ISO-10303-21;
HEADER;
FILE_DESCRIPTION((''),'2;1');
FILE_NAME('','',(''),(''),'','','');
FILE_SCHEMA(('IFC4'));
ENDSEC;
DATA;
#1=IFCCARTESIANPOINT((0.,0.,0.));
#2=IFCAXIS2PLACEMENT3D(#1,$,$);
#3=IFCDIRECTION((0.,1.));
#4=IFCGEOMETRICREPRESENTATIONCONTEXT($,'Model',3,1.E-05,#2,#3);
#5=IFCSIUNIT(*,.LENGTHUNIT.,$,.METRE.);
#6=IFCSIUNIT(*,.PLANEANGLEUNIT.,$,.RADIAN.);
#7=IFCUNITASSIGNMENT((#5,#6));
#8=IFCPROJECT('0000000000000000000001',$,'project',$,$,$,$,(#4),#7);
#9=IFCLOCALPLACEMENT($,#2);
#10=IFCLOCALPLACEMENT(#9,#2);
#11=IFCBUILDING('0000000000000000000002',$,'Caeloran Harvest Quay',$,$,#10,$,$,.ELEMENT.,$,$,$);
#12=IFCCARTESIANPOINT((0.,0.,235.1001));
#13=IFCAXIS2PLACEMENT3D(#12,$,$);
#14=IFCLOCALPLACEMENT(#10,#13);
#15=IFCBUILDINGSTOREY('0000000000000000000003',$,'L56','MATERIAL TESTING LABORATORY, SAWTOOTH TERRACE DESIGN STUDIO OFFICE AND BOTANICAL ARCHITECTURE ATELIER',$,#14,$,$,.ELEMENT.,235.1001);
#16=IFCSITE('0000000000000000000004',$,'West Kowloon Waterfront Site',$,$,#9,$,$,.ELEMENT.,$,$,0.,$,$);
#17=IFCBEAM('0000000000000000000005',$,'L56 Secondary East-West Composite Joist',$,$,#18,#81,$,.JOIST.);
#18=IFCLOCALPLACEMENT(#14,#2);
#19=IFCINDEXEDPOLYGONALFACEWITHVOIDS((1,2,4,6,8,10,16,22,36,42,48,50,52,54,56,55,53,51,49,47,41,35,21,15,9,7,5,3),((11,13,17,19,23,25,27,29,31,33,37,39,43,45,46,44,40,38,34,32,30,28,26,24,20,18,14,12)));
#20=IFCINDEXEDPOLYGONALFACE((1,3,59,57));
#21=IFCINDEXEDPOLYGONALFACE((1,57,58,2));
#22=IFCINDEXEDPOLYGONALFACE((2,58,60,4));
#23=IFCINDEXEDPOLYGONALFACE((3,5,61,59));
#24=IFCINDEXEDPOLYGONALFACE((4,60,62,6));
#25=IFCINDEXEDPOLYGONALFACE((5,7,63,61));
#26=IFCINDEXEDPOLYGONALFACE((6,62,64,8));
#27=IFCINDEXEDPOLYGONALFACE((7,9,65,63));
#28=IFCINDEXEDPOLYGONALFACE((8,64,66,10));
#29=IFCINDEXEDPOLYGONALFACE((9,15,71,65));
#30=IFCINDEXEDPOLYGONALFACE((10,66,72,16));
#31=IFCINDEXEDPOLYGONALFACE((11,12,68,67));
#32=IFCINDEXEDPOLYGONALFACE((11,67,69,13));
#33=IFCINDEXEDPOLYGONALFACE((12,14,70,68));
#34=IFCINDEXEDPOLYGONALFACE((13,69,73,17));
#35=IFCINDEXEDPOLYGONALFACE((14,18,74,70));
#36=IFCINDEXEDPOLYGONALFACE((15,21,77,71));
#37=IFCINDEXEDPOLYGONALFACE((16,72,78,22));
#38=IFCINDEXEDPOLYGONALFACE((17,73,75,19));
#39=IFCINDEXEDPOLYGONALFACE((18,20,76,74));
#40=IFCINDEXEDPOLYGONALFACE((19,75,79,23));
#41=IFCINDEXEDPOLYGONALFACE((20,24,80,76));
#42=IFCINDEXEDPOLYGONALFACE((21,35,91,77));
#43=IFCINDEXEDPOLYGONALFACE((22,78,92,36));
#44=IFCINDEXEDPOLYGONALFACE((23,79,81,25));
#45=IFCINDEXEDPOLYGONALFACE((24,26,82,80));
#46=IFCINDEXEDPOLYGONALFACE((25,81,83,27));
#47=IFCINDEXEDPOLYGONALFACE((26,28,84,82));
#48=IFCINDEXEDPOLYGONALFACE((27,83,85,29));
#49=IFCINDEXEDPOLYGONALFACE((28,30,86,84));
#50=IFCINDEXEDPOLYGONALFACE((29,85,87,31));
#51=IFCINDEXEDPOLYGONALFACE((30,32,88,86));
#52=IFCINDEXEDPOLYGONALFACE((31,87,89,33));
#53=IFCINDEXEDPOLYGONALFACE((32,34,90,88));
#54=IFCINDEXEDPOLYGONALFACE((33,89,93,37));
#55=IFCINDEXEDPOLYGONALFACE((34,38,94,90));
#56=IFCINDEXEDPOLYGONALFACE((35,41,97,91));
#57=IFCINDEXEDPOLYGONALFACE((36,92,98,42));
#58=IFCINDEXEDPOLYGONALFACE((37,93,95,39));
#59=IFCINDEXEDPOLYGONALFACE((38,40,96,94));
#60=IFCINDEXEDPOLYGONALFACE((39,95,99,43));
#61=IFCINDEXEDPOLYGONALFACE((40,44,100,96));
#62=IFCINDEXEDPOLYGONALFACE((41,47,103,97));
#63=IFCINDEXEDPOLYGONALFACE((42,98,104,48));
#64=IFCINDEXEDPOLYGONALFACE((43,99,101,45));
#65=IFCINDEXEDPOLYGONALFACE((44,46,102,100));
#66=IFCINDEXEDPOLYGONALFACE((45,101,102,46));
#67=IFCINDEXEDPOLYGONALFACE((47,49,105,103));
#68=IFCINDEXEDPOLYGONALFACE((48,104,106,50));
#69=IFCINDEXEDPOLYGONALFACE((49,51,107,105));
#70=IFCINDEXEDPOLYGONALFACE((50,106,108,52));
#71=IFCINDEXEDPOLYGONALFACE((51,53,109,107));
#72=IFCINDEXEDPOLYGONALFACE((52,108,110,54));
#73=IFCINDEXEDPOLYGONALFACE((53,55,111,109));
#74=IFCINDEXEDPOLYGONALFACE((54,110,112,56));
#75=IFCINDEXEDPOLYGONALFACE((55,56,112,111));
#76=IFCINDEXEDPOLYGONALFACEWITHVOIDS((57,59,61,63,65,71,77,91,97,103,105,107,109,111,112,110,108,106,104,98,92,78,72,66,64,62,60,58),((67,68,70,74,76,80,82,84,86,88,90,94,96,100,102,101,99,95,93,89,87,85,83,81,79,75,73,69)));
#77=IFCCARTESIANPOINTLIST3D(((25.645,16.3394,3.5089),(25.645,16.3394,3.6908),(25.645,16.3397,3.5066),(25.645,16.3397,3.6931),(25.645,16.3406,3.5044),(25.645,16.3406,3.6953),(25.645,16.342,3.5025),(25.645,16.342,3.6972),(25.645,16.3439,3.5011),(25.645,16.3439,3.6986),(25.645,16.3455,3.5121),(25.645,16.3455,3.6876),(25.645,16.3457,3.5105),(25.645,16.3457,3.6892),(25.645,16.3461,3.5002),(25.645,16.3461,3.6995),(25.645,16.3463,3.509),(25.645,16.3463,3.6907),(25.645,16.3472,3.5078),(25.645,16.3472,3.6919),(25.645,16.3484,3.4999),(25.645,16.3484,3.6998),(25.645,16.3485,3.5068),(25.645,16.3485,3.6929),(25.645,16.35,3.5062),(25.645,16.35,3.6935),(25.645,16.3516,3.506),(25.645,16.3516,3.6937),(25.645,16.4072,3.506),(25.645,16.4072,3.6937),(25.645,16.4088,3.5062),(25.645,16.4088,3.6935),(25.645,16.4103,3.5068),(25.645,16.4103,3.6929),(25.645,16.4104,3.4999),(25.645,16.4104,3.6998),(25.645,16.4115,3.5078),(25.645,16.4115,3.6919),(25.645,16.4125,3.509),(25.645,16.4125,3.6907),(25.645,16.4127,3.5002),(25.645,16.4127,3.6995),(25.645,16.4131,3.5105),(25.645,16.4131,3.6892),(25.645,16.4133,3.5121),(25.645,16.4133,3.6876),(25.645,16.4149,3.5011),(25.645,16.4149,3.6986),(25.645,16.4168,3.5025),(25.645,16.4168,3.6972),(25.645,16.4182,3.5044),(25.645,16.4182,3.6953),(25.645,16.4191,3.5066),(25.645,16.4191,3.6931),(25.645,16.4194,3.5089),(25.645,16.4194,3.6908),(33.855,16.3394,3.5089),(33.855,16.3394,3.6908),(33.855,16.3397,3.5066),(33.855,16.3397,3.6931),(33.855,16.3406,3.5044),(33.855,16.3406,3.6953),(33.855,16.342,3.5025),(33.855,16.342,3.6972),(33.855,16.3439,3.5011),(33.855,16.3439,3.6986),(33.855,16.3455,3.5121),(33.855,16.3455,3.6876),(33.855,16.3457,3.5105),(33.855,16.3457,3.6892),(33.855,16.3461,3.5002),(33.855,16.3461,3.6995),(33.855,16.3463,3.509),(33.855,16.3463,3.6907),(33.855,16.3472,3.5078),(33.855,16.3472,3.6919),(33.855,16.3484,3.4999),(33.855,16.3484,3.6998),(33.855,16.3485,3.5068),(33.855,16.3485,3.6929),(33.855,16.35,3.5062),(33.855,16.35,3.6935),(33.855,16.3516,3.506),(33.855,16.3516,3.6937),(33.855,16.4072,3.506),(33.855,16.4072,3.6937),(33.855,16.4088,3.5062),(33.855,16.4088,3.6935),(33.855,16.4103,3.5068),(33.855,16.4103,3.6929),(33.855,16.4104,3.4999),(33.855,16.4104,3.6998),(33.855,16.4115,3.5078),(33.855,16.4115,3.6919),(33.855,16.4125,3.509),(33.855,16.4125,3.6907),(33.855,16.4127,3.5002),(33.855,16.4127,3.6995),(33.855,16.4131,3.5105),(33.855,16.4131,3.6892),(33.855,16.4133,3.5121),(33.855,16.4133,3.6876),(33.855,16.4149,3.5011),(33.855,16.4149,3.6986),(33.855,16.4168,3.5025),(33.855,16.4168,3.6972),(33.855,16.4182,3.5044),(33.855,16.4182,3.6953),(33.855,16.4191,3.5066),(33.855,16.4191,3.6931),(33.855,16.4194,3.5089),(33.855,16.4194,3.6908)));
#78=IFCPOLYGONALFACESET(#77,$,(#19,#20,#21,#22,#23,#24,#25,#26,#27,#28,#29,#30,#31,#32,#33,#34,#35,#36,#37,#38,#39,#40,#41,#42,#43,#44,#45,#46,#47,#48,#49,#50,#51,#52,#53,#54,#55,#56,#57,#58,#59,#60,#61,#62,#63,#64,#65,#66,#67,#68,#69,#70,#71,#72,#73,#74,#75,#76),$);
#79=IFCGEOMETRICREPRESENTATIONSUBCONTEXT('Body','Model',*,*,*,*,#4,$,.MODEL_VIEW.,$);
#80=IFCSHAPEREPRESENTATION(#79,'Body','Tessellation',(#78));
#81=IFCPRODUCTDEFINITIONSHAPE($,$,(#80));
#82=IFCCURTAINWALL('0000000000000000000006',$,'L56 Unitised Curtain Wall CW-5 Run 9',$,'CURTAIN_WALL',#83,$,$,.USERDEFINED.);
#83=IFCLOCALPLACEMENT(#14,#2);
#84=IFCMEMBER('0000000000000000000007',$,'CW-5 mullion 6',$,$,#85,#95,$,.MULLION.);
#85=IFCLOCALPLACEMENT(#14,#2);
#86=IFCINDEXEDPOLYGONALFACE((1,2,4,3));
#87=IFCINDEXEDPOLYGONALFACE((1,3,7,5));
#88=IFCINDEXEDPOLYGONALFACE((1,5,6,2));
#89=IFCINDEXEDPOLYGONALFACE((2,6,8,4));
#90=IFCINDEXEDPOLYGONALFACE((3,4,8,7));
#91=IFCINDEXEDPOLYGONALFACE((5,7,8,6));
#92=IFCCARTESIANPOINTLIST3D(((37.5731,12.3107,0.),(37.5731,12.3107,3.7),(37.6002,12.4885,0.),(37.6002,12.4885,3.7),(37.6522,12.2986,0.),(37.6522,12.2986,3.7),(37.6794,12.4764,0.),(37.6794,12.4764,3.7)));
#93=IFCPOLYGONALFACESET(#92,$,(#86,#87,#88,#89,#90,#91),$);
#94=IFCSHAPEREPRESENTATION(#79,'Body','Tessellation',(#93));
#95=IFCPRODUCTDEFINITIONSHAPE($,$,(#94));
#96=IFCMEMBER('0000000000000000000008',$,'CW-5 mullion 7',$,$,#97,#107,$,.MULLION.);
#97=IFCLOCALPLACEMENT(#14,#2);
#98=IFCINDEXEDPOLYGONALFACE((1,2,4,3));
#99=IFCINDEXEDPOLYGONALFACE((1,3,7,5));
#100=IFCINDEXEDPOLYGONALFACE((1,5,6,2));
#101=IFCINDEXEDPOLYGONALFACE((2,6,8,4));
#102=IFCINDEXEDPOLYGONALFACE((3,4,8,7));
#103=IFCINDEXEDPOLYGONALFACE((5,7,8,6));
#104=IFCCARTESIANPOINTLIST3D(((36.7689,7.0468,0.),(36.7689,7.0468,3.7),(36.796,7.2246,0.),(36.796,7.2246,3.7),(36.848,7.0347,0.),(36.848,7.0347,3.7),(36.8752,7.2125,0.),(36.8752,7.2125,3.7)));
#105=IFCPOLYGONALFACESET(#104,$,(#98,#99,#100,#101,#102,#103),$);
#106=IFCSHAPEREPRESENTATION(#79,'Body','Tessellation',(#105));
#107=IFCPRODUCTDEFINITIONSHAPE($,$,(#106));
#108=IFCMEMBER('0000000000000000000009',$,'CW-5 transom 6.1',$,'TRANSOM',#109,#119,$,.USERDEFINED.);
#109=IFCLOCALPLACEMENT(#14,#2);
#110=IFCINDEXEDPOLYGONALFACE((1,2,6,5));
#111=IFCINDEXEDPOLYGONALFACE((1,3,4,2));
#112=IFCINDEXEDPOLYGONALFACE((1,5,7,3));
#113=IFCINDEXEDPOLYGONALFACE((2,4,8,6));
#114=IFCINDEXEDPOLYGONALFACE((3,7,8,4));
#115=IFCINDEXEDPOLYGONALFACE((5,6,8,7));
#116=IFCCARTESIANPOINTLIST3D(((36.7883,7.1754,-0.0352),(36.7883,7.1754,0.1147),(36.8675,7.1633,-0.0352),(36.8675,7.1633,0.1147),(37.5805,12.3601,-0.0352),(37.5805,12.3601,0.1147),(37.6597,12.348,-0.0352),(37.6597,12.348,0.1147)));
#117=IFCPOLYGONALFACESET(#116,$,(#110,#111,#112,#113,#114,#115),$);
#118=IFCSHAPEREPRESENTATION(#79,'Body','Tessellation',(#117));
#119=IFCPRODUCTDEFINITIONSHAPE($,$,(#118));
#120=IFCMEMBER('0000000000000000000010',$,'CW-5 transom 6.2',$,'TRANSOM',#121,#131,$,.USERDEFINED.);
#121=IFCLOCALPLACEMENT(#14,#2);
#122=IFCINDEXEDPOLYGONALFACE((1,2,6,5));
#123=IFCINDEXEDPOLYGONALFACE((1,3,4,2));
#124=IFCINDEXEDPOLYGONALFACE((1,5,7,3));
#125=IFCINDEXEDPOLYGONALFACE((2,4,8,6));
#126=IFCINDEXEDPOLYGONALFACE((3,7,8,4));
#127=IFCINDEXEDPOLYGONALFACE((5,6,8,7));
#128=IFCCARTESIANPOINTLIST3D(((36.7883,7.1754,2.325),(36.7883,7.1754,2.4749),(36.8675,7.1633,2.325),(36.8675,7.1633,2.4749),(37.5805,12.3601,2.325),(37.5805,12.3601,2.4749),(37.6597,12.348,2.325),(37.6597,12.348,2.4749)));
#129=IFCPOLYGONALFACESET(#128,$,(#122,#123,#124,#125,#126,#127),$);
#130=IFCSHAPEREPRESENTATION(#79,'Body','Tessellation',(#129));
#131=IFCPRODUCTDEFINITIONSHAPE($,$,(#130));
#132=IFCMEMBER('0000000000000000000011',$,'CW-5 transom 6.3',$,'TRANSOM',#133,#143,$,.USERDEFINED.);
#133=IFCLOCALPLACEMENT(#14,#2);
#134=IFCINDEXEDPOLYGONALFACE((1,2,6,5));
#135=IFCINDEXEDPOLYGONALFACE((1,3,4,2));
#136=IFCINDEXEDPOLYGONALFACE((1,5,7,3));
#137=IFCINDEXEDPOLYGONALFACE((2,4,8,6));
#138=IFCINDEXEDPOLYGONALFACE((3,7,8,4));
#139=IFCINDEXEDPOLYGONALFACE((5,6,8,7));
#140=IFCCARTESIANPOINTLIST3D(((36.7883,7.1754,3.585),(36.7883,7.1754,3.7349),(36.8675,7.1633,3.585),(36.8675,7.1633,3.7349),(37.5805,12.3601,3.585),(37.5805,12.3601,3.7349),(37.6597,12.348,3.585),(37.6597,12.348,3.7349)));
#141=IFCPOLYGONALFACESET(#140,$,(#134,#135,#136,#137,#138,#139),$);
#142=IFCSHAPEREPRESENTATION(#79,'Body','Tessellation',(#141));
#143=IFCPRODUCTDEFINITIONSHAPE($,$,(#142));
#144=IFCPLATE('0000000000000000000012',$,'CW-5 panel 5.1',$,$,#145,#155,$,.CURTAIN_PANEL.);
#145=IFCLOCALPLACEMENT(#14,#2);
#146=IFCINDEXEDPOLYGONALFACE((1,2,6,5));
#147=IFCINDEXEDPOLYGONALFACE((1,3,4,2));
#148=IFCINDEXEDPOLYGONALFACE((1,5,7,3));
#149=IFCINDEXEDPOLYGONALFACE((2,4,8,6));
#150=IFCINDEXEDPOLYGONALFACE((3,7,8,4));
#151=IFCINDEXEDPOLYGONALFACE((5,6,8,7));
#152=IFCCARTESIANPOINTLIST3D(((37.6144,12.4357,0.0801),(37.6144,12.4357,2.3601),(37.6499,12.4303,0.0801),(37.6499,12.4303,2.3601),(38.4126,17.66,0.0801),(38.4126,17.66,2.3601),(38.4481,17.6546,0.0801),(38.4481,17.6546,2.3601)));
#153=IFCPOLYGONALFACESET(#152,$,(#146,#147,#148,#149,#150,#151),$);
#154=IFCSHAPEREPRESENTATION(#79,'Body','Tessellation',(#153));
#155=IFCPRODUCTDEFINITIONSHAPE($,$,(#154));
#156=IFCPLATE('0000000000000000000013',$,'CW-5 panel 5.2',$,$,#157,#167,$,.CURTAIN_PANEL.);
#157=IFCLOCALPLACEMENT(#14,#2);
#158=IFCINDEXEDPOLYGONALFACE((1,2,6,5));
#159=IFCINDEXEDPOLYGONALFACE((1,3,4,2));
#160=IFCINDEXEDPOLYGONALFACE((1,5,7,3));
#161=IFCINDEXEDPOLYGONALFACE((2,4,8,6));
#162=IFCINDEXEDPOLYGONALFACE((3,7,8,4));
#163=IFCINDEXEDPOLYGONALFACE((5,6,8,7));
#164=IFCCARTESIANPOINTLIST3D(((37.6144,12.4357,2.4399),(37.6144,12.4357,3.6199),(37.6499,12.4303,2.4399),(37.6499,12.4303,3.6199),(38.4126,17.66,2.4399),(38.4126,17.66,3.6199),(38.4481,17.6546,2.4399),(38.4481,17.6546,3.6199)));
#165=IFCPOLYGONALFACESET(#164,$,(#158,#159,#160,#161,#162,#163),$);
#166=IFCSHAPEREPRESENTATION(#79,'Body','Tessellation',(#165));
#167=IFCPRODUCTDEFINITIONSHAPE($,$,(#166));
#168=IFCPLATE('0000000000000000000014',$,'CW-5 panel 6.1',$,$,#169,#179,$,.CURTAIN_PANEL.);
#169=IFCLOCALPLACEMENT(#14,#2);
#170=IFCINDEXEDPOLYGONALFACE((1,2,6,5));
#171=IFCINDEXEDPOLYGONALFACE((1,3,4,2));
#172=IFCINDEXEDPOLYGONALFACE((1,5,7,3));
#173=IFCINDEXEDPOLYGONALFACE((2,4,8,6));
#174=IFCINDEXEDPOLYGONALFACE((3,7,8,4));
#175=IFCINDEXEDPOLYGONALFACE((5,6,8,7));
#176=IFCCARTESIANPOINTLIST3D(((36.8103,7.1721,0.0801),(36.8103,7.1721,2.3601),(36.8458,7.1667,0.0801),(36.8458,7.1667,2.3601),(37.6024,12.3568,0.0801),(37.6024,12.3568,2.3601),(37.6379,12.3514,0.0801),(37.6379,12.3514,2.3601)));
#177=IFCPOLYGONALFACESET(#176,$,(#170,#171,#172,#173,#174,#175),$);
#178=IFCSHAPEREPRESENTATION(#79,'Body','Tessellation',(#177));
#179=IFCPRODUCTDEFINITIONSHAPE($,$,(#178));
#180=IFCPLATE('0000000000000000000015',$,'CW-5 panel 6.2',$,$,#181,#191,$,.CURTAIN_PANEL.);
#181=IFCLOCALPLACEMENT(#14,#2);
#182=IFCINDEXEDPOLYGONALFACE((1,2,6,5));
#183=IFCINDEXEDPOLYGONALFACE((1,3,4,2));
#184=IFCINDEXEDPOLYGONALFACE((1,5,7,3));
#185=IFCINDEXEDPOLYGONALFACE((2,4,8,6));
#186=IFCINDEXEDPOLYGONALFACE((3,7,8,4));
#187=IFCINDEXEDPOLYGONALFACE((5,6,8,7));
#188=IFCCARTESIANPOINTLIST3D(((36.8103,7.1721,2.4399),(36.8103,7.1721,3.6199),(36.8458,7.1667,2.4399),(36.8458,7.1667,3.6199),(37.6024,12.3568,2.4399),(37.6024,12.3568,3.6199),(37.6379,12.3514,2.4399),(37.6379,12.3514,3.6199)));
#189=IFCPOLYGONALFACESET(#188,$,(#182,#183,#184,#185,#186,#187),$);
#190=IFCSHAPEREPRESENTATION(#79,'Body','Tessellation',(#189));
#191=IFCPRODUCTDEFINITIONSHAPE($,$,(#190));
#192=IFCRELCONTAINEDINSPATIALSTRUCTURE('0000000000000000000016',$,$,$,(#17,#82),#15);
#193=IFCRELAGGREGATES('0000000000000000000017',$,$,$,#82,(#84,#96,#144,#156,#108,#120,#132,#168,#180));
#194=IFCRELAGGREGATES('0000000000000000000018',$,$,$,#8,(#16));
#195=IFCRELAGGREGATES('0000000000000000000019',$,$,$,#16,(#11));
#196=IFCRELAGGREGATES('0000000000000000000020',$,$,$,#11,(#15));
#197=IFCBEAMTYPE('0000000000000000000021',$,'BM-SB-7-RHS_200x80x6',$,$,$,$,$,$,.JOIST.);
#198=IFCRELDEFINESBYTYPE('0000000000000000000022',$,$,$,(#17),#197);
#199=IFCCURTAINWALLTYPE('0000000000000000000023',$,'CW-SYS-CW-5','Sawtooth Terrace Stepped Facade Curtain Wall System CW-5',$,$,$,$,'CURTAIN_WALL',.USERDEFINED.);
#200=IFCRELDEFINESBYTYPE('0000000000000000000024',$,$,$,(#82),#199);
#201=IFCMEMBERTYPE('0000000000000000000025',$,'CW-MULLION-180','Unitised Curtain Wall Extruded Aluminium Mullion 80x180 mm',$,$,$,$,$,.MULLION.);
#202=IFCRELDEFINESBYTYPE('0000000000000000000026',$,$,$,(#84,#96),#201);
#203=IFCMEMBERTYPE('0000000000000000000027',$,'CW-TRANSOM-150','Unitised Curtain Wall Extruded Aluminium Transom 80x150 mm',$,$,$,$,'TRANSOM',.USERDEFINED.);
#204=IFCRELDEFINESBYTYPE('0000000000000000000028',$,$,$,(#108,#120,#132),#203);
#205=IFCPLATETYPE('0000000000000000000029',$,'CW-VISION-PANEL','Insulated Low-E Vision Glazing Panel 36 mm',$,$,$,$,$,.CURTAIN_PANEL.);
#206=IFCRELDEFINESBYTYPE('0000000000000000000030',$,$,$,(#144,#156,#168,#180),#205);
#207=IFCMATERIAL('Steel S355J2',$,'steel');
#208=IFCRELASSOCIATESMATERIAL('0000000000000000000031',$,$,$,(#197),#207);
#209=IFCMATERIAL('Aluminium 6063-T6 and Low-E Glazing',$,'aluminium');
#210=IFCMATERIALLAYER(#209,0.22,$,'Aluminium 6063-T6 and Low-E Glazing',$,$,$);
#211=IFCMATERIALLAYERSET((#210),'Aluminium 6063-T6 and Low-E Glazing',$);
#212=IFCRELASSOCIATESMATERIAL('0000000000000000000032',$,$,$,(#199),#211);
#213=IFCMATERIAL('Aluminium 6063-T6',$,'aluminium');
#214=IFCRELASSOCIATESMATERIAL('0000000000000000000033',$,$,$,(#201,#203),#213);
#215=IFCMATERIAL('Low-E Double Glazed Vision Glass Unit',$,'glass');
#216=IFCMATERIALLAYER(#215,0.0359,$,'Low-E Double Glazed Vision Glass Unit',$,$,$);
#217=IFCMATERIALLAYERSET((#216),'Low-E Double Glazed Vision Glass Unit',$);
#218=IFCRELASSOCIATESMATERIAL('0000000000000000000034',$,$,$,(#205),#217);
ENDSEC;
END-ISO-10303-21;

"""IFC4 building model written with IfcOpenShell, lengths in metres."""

from ifc_helpers import new_model, si_unit, direction, frame, origin, origin_2d, place, context, subcontext, project, spatial, rectangle, hollow_rectangle, extrude, material, layer, layer_set, material_profile, profile_set, type_object, element, aggregate, save


model = new_model("IFC4")

# Units and contexts
model_context = context("Model", 3, precision=1e-05, world=origin(), true_north=direction((0.0, 1.0)))
body_context = subcontext(model_context, "Body", "Model", "MODEL_VIEW")
ifc_project = project(units=[si_unit("LENGTHUNIT", "METRE"), si_unit("PLANEANGLEUNIT", "RADIAN")], contexts=[model_context])

# Site, building, storey
site_placement = place(None, origin())
site = spatial("IfcSite", under=ifc_project, at=site_placement, Name="West Kowloon Waterfront Site", CompositionType="ELEMENT", RefElevation=0.0)
building_placement = place(site_placement, origin())
building = spatial("IfcBuilding", under=site, at=building_placement, Name="Caeloran Harvest Quay", CompositionType="ELEMENT")
storey_placement = place(building_placement, frame((0.0, 0.0, 235.1001)))
storey = spatial("IfcBuildingStorey", under=building, at=storey_placement, Name="L56", Description="MATERIAL TESTING LABORATORY, SAWTOOTH TERRACE DESIGN STUDIO OFFICE AND BOTANICAL ARCHITECTURE ATELIER", CompositionType="ELEMENT", Elevation=235.1001)

# Beam
ifc_material_1 = material(Name="Steel S355J2", Category="steel")
ifc_material_profile_1 = material_profile(ifc_material_1, hollow_rectangle(XDim=0.0801, YDim=0.2, WallThickness=0.0061, InnerFilletRadius=0.0061, OuterFilletRadius=0.009, at=origin_2d()), Name="RHS 200x80x6")
ifc_profile_set_1 = profile_set([ifc_material_profile_1], Name="Steel S355J2")
beam_type_1 = type_object("IfcBeamType", Name="BM-SB-7-RHS_200x80x6", PredefinedType="JOIST", material=ifc_profile_set_1)
beam_1_placement = place(storey_placement, frame((25.645, 16.3794, 3.5999), z_axis=(1.0, 0.0, 0.0), x_axis=(0.0, 1.0, 0.0)))
element("IfcBeam", 1, at=beam_1_placement, inside=storey, type_object=beam_type_1, Name="L56 Secondary East-West Composite Joist", PredefinedType="JOIST", context=body_context, shape_type="SweptSolid", body=[
    extrude(hollow_rectangle(XDim=0.0801, YDim=0.2, WallThickness=0.0061, InnerFilletRadius=0.0061, OuterFilletRadius=0.009, at=origin_2d()), origin(), (0.0, 0.0, 1.0), 8.21),
])

# Curtain wall, members, plates
ifc_material_2 = material(Name="Aluminium 6063-T6 and Low-E Glazing", Category="aluminium")
ifc_layer_1 = layer(ifc_material_2, 0.22, Name="Aluminium 6063-T6 and Low-E Glazing")
ifc_layer_set_1 = layer_set([ifc_layer_1], Name="Aluminium 6063-T6 and Low-E Glazing")
curtain_wall_type = type_object("IfcCurtainWallType", Name="CW-SYS-CW-5", Description="Sawtooth Terrace Stepped Facade Curtain Wall System CW-5", ElementType="CURTAIN_WALL", PredefinedType="USERDEFINED", material=ifc_layer_set_1)
curtain_wall_placement = place(storey_placement, origin())
curtain_wall = element("IfcCurtainWall", 2, at=curtain_wall_placement, inside=storey, type_object=curtain_wall_type, Name="L56 Unitised Curtain Wall CW-5 Run 9", ObjectType="CURTAIN_WALL", PredefinedType="USERDEFINED")
ifc_material_3 = material(Name="Aluminium 6063-T6", Category="aluminium")
ifc_material_profile_2 = material_profile(ifc_material_3, rectangle(XDim=0.0801, YDim=0.1799, at=origin_2d()), Name="CW-MULLION-180")
ifc_profile_set_2 = profile_set([ifc_material_profile_2], Name="Aluminium 6063-T6")
member_type_1 = type_object("IfcMemberType", Name="CW-MULLION-180", Description="Unitised Curtain Wall Extruded Aluminium Mullion 80x180 mm", PredefinedType="MULLION", material=ifc_profile_set_2)
member_1_placement = place(storey_placement, frame((37.6262, 12.3936, 0.0), z_axis=(0.0, 0.0, 1.0), x_axis=(0.98853, -0.151028, 0.0)))
member_1 = element("IfcMember", 3, at=member_1_placement, type_object=member_type_1, Name="CW-5 mullion 6", PredefinedType="MULLION", context=body_context, shape_type="SweptSolid", body=[
    extrude(rectangle(XDim=0.0801, YDim=0.1799, at=origin_2d()), origin(), (0.0, 0.0, 1.0), 3.7),
])
member_2_placement = place(storey_placement, frame((36.822, 7.1296, 0.0), z_axis=(0.0, 0.0, 1.0), x_axis=(0.98853, -0.151028, 0.0)))
member_2 = element("IfcMember", 4, at=member_2_placement, type_object=member_type_1, Name="CW-5 mullion 7", PredefinedType="MULLION", context=body_context, shape_type="SweptSolid", body=[
    extrude(rectangle(XDim=0.0801, YDim=0.1799, at=origin_2d()), origin(), (0.0, 0.0, 1.0), 3.7),
])
ifc_material_profile_3 = material_profile(ifc_material_3, rectangle(XDim=0.0801, YDim=0.1499, at=origin_2d()), Name="CW-TRANSOM-150")
ifc_profile_set_3 = profile_set([ifc_material_profile_3], Name="Aluminium 6063-T6")
member_type_2 = type_object("IfcMemberType", Name="CW-TRANSOM-150", Description="Unitised Curtain Wall Extruded Aluminium Transom 80x150 mm", ElementType="TRANSOM", PredefinedType="USERDEFINED", material=ifc_profile_set_3)
member_3_placement = place(storey_placement, frame((37.6201, 12.354, 0.0398), z_axis=(-0.151046, -0.988527, 0.0), x_axis=(0.988527, -0.151046, 0.0)))
member_3 = element("IfcMember", 5, at=member_3_placement, type_object=member_type_2, Name="CW-5 transom 6.1", ObjectType="TRANSOM", PredefinedType="USERDEFINED", context=body_context, shape_type="SweptSolid", body=[
    extrude(rectangle(XDim=0.0801, YDim=0.1499, at=origin_2d()), origin(), (0.0, 0.0, 1.0), 5.2449),
])
member_4_placement = place(storey_placement, frame((37.6201, 12.354, 2.3999), z_axis=(-0.151046, -0.988527, 0.0), x_axis=(0.988527, -0.151046, 0.0)))
member_4 = element("IfcMember", 6, at=member_4_placement, type_object=member_type_2, Name="CW-5 transom 6.2", ObjectType="TRANSOM", PredefinedType="USERDEFINED", context=body_context, shape_type="SweptSolid", body=[
    extrude(rectangle(XDim=0.0801, YDim=0.1499, at=origin_2d()), origin(), (0.0, 0.0, 1.0), 5.2449),
])
member_5_placement = place(storey_placement, frame((37.6201, 12.354, 3.6599), z_axis=(-0.151046, -0.988527, 0.0), x_axis=(0.988527, -0.151046, 0.0)))
member_5 = element("IfcMember", 7, at=member_5_placement, type_object=member_type_2, Name="CW-5 transom 6.3", ObjectType="TRANSOM", PredefinedType="USERDEFINED", context=body_context, shape_type="SweptSolid", body=[
    extrude(rectangle(XDim=0.0801, YDim=0.1499, at=origin_2d()), origin(), (0.0, 0.0, 1.0), 5.2449),
])
ifc_material_4 = material(Name="Low-E Double Glazed Vision Glass Unit", Category="glass")
ifc_layer_2 = layer(ifc_material_4, 0.0359, Name="Low-E Double Glazed Vision Glass Unit")
ifc_layer_set_2 = layer_set([ifc_layer_2], Name="Low-E Double Glazed Vision Glass Unit")
plate_type = type_object("IfcPlateType", Name="CW-VISION-PANEL", Description="Insulated Low-E Vision Glazing Panel 36 mm", PredefinedType="CURTAIN_PANEL", material=ifc_layer_set_2)
plate_1_placement = place(storey_placement, frame((38.0312, 15.0452, 0.0801), z_axis=(0.0, 0.0, 1.0), x_axis=(-0.151028, -0.98853, 0.0)))
plate_1 = element("IfcPlate", 8, at=plate_1_placement, type_object=plate_type, Name="CW-5 panel 5.1", PredefinedType="CURTAIN_PANEL", context=body_context, shape_type="SweptSolid", body=[
    extrude(rectangle(XDim=5.2849, YDim=0.0359, at=origin_2d()), origin(), (0.0, 0.0, 1.0), 2.28),
])
plate_2_placement = place(storey_placement, frame((38.0312, 15.0452, 2.4399), z_axis=(0.0, 0.0, 1.0), x_axis=(-0.151028, -0.98853, 0.0)))
plate_2 = element("IfcPlate", 9, at=plate_2_placement, type_object=plate_type, Name="CW-5 panel 5.2", PredefinedType="CURTAIN_PANEL", context=body_context, shape_type="SweptSolid", body=[
    extrude(rectangle(XDim=5.2849, YDim=0.0359, at=origin_2d()), origin(), (0.0, 0.0, 1.0), 1.1799),
])
plate_3_placement = place(storey_placement, frame((37.2241, 9.7617, 0.0801), z_axis=(0.0, 0.0, 1.0), x_axis=(-0.151028, -0.98853, 0.0)))
plate_3 = element("IfcPlate", 10, at=plate_3_placement, type_object=plate_type, Name="CW-5 panel 6.1", PredefinedType="CURTAIN_PANEL", context=body_context, shape_type="SweptSolid", body=[
    extrude(rectangle(XDim=5.2449, YDim=0.0359, at=origin_2d()), origin(), (0.0, 0.0, 1.0), 2.28),
])
plate_4_placement = place(storey_placement, frame((37.2241, 9.7617, 2.4399), z_axis=(0.0, 0.0, 1.0), x_axis=(-0.151028, -0.98853, 0.0)))
plate_4 = element("IfcPlate", 11, at=plate_4_placement, type_object=plate_type, Name="CW-5 panel 6.2", PredefinedType="CURTAIN_PANEL", context=body_context, shape_type="SweptSolid", body=[
    extrude(rectangle(XDim=5.2449, YDim=0.0359, at=origin_2d()), origin(), (0.0, 0.0, 1.0), 1.1799),
])
aggregate(curtain_wall, [member_1, member_2, plate_1, plate_2, member_3, member_4, member_5, plate_3, plate_4])

save(model, "model.ifc")
